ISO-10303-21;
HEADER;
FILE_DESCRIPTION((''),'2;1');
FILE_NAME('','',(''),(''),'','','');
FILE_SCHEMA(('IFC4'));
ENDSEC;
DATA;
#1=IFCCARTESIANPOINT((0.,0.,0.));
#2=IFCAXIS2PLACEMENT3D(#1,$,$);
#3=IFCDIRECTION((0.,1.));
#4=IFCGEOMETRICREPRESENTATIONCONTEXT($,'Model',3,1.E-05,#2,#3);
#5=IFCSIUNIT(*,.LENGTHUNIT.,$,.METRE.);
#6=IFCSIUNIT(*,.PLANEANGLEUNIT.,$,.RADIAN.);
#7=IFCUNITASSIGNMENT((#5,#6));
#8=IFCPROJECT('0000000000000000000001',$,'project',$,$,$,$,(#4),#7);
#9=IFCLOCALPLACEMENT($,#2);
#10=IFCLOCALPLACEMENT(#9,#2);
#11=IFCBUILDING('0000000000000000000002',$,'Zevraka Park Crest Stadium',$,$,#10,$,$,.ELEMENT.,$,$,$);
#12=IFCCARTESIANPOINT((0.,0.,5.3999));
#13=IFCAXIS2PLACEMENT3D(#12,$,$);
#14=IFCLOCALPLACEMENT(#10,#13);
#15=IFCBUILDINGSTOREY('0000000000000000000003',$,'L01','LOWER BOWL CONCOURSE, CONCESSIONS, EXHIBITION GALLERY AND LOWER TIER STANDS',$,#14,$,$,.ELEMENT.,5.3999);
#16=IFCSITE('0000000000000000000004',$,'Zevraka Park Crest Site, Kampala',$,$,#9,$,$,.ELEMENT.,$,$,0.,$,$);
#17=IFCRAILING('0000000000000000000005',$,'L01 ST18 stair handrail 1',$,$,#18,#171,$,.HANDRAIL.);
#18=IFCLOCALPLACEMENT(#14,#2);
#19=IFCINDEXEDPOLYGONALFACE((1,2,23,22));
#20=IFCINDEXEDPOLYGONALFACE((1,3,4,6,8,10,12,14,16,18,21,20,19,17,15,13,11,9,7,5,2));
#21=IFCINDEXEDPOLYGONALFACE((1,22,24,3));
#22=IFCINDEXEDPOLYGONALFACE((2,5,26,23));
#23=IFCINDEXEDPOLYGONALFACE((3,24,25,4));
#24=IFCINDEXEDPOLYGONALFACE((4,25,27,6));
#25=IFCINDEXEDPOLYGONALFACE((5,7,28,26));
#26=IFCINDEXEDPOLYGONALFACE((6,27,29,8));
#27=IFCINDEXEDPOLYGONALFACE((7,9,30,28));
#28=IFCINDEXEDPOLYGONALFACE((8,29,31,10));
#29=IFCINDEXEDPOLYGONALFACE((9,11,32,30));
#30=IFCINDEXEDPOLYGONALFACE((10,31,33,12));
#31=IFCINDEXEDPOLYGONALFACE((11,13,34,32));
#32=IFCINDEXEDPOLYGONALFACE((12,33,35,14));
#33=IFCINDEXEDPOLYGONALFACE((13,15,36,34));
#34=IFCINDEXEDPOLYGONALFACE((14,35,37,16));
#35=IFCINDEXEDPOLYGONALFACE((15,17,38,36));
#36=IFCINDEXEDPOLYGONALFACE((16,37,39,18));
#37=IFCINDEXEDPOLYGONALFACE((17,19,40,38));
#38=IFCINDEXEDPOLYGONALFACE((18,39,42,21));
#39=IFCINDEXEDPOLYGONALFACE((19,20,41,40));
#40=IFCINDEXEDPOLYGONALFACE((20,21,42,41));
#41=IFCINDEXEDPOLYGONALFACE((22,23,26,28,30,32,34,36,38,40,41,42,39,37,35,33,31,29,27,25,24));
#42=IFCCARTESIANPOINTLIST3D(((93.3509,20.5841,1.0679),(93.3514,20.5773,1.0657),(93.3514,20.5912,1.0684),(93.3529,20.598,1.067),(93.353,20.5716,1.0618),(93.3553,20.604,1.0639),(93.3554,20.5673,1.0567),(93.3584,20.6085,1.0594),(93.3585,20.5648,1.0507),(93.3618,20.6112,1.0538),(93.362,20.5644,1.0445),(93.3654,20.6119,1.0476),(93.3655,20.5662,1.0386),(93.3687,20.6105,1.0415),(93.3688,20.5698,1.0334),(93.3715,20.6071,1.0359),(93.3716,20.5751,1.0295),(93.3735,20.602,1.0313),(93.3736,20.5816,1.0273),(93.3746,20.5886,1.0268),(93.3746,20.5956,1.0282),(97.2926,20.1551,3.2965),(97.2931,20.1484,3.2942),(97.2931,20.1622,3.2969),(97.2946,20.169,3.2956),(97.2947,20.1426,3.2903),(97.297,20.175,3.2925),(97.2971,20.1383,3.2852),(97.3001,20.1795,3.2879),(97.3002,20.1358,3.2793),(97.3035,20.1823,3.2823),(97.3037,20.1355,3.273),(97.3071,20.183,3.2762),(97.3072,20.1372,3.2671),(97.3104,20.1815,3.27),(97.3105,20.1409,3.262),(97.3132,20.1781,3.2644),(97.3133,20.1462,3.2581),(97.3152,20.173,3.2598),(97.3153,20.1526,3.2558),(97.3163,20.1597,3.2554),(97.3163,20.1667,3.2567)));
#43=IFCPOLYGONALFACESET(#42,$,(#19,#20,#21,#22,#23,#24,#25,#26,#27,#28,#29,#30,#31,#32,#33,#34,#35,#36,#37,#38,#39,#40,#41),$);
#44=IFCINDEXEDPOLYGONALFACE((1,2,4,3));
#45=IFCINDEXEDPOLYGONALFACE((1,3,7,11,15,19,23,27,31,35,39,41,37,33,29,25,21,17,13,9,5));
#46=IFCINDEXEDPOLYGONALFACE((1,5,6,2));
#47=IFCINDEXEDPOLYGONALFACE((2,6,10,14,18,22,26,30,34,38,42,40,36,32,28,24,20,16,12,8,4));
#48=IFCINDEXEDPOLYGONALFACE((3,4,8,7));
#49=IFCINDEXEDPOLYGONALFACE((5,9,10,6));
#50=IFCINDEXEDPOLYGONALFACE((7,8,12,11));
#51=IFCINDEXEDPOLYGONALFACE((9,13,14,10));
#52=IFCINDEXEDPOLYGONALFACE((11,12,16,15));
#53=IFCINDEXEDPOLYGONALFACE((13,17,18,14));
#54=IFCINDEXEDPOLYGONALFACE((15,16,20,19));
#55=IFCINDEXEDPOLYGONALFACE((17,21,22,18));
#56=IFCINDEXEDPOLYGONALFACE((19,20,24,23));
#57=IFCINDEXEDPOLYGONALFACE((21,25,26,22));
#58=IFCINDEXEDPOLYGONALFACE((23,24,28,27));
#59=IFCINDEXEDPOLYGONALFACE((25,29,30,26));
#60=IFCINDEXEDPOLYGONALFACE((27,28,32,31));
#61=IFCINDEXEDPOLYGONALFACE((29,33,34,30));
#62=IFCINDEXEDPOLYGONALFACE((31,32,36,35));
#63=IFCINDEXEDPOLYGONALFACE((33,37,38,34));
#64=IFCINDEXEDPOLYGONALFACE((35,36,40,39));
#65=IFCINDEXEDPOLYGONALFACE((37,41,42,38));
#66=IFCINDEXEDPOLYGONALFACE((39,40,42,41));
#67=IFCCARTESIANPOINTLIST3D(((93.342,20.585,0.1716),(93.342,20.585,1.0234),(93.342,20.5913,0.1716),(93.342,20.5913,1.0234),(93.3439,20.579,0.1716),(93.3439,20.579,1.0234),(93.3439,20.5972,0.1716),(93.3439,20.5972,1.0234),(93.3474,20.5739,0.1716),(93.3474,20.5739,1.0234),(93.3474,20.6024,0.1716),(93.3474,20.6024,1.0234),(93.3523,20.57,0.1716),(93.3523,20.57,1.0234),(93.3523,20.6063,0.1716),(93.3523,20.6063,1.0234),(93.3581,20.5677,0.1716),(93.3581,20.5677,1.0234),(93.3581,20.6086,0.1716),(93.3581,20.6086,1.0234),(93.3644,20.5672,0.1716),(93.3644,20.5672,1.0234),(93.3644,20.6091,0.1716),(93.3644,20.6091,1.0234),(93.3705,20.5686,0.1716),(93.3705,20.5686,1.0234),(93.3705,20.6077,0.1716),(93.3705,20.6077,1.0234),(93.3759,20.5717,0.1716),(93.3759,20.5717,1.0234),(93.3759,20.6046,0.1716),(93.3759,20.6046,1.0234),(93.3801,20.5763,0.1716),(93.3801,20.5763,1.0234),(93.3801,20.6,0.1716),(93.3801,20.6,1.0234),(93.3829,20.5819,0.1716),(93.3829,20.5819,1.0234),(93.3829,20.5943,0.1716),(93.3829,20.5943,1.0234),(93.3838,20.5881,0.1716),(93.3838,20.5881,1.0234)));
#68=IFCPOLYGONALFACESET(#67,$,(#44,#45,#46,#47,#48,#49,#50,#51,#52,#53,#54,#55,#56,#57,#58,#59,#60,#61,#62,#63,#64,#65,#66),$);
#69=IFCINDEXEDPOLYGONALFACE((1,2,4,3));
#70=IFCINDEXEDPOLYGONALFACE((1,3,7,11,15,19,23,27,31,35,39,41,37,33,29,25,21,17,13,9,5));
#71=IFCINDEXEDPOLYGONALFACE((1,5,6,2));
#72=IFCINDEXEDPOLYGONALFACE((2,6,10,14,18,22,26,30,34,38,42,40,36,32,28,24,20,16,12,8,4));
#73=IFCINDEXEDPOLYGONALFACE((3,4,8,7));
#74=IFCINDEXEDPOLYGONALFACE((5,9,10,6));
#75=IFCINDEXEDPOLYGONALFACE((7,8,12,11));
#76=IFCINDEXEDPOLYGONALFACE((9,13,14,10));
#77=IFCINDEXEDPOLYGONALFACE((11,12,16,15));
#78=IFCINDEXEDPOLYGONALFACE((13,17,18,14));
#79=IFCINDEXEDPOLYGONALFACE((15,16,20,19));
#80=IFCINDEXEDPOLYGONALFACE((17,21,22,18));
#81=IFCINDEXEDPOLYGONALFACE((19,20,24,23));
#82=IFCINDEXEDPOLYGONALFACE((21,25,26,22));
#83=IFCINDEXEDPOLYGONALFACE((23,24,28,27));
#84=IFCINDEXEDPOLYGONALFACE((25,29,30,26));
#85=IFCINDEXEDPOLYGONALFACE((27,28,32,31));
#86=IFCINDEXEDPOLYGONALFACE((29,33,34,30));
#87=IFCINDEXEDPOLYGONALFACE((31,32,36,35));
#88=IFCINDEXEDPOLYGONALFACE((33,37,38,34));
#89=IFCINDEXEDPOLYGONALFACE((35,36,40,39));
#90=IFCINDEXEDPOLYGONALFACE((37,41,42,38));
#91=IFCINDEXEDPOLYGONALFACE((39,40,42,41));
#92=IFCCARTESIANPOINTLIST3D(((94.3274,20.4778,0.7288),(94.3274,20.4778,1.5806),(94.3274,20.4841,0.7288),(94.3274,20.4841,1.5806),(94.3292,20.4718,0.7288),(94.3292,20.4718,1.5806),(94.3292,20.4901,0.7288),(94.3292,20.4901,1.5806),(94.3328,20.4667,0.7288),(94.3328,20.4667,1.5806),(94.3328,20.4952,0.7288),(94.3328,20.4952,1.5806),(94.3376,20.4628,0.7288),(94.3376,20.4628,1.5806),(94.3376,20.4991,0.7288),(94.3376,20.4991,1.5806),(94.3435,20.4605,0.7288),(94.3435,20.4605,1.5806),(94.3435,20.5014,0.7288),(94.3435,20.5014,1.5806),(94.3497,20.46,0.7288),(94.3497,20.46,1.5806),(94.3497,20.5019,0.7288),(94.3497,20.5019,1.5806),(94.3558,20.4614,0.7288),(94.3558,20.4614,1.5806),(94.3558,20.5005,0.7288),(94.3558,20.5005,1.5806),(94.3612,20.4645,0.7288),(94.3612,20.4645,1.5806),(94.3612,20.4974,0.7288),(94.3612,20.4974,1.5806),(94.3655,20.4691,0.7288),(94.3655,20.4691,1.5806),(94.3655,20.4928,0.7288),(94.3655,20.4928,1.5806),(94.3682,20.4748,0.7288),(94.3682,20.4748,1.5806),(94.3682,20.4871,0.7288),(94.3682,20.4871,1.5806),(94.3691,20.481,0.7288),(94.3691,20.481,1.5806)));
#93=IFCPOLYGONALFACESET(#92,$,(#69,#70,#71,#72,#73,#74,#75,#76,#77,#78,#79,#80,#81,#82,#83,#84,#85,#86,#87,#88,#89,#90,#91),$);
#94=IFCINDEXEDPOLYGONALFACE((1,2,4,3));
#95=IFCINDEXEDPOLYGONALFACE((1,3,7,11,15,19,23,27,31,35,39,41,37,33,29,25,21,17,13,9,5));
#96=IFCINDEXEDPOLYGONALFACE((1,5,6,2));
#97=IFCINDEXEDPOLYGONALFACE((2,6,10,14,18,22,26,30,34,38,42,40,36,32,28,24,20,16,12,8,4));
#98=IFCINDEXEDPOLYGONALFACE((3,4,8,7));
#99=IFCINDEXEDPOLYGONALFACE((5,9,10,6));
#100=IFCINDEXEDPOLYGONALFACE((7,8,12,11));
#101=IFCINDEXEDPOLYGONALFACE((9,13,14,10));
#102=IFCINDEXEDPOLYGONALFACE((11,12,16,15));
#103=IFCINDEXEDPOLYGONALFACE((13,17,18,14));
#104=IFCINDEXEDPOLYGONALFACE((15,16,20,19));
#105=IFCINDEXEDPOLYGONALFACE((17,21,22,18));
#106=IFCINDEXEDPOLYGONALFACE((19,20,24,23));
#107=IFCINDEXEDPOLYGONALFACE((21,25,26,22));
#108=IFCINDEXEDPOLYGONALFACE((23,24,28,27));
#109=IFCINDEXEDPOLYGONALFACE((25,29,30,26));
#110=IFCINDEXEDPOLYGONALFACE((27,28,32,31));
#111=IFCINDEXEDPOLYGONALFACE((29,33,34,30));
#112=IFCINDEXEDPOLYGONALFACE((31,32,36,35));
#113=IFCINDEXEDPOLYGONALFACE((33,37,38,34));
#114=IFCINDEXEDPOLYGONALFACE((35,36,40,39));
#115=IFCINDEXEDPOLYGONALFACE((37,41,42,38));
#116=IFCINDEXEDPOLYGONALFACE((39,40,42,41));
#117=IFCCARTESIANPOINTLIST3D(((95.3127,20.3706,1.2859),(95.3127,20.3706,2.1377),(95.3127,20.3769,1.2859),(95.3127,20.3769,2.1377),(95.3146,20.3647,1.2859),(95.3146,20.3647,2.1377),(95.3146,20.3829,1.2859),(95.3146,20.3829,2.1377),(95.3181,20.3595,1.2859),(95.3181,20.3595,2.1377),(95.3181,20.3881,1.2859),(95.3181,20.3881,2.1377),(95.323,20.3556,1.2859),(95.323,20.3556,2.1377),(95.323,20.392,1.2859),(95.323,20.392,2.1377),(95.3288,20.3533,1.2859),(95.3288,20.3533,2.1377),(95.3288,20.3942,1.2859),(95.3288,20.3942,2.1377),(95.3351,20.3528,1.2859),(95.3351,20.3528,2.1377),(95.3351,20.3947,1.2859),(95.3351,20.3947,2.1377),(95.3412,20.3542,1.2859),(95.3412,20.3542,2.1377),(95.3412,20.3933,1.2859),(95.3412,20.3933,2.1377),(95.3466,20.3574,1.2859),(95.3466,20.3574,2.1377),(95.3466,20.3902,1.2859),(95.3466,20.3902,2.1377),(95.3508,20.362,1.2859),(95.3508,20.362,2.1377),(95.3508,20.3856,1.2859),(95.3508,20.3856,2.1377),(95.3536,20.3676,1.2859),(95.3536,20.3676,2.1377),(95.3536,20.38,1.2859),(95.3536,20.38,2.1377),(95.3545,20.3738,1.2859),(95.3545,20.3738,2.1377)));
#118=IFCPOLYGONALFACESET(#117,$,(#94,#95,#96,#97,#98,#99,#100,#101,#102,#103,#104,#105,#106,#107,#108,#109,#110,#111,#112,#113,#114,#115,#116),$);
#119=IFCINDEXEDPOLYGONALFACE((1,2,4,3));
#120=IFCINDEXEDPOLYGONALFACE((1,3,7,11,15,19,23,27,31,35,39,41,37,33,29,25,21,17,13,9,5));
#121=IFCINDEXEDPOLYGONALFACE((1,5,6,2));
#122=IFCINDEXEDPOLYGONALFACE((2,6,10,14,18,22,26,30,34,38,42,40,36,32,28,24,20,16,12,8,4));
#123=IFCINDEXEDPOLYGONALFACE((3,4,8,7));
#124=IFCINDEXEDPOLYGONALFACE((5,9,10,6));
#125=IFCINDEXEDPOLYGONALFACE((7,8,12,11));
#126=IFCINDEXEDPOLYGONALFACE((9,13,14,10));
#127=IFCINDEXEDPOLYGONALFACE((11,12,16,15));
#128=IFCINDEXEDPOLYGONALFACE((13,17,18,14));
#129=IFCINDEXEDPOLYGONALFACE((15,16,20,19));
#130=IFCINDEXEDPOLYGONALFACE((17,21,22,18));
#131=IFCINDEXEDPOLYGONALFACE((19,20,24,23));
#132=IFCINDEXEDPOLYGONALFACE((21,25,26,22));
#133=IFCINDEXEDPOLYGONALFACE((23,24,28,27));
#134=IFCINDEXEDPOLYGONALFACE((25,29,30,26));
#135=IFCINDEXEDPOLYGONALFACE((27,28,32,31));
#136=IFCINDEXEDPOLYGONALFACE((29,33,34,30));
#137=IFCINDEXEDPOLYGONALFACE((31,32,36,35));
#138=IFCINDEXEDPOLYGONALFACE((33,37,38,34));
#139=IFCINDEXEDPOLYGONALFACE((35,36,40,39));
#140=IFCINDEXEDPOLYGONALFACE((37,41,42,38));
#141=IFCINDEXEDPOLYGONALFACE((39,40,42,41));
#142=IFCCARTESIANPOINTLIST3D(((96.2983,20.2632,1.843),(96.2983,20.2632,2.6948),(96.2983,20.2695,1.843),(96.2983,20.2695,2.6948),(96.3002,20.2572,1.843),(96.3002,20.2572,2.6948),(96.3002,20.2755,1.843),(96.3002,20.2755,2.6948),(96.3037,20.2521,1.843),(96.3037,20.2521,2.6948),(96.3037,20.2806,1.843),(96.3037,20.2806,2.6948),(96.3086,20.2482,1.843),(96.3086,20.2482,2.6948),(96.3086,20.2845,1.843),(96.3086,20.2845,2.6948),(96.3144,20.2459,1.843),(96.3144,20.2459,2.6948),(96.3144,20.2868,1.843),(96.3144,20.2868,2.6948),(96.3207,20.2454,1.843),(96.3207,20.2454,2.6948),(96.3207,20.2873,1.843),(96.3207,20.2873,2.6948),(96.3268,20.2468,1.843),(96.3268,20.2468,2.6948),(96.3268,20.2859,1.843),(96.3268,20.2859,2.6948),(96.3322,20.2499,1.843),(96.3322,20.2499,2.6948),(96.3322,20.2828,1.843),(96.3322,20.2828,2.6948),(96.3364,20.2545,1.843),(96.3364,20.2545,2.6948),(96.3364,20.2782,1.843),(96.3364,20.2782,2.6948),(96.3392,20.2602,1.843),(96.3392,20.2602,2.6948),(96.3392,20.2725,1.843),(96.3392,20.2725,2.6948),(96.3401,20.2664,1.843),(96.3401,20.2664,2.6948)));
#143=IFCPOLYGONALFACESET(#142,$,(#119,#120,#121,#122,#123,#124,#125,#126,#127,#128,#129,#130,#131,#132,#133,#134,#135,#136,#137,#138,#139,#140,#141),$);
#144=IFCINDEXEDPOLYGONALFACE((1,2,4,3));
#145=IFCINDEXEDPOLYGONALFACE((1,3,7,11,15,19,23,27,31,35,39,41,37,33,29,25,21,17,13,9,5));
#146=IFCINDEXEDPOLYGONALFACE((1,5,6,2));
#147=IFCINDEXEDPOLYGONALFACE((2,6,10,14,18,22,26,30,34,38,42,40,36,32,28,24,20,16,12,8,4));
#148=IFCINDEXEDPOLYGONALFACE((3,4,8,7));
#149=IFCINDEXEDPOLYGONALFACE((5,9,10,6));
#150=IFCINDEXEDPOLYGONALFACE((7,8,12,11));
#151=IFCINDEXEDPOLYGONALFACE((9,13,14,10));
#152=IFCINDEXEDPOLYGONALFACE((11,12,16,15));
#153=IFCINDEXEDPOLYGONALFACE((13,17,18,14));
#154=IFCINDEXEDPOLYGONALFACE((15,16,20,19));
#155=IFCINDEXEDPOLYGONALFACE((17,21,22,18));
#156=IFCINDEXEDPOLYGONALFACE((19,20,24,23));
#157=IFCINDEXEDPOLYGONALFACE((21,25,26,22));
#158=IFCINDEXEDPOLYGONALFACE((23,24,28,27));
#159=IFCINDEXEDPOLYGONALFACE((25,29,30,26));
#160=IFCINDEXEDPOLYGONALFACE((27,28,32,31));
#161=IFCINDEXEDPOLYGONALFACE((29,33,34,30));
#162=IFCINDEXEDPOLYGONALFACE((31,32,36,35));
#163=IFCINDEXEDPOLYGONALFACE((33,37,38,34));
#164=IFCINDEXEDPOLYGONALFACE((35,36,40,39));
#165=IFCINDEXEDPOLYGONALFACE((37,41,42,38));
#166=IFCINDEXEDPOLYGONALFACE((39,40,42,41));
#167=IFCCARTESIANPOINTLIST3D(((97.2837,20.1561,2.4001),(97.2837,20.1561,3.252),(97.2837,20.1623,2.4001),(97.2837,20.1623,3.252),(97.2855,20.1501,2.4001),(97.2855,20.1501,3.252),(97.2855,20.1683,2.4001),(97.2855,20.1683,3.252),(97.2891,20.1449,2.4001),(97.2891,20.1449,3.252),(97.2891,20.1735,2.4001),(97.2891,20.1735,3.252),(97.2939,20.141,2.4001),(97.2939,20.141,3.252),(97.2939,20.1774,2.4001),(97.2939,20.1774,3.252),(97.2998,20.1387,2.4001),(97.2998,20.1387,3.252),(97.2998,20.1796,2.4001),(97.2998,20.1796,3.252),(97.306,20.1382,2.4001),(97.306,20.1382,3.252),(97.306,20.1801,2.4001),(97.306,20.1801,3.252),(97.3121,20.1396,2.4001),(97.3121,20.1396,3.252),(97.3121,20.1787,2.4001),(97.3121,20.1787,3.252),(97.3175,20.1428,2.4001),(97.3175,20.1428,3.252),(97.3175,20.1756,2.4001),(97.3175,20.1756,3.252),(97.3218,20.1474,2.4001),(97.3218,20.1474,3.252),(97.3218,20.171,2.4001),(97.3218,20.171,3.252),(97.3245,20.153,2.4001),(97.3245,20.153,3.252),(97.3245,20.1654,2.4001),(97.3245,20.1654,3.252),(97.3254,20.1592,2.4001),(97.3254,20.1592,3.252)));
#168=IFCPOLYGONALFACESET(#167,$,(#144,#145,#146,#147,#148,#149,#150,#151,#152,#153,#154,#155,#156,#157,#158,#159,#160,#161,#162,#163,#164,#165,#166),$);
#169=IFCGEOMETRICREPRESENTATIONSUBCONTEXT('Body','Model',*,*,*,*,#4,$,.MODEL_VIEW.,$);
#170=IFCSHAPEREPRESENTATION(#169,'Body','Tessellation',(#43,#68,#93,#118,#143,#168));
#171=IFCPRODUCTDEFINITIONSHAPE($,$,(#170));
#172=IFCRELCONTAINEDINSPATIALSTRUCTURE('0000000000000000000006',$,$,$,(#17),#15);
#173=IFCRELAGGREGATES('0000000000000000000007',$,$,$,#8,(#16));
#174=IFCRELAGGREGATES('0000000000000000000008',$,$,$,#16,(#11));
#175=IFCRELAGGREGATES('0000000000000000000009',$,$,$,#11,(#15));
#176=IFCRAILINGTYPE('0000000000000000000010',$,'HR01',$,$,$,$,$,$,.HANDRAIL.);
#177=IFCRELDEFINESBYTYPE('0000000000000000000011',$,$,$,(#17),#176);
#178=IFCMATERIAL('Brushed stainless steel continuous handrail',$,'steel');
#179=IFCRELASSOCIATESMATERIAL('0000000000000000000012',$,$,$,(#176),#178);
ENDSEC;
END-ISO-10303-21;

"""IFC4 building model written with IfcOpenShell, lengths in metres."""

from ifc_helpers import new_model, si_unit, direction, frame, origin, origin_2d, place, context, subcontext, project, spatial, circle, extrude, material, type_object, element, save


model = new_model("IFC4")

# Units and contexts
model_context = context("Model", 3, precision=1e-05, world=origin(), true_north=direction((0.0, 1.0)))
body_context = subcontext(model_context, "Body", "Model", "MODEL_VIEW")
ifc_project = project(units=[si_unit("LENGTHUNIT", "METRE"), si_unit("PLANEANGLEUNIT", "RADIAN")], contexts=[model_context])

# Site, building, storey
site_placement = place(None, origin())
site = spatial("IfcSite", under=ifc_project, at=site_placement, Name="Zevraka Park Crest Site, Kampala", CompositionType="ELEMENT", RefElevation=0.0)
building_placement = place(site_placement, origin())
building = spatial("IfcBuilding", under=site, at=building_placement, Name="Zevraka Park Crest Stadium", CompositionType="ELEMENT")
storey_placement = place(building_placement, frame((0.0, 0.0, 5.3999)))
storey = spatial("IfcBuildingStorey", under=building, at=storey_placement, Name="L01", Description="LOWER BOWL CONCOURSE, CONCESSIONS, EXHIBITION GALLERY AND LOWER TIER STANDS", CompositionType="ELEMENT", Elevation=5.3999)

# Railing
ifc_material_1 = material(Name="Brushed stainless steel continuous handrail", Category="steel")
railing_type_1 = type_object("IfcRailingType", Name="HR01", PredefinedType="HANDRAIL", material=ifc_material_1)
railing_1_placement = place(storey_placement, frame((93.3628, 20.5881, 0.1716)))
element("IfcRailing", 1, at=railing_1_placement, inside=storey, type_object=railing_type_1, Name="L01 ST18 stair handrail 1", PredefinedType="HANDRAIL", context=body_context, shape_type="SweptSolid", body=[
    extrude(circle(Radius=0.0239, at=origin_2d()), frame((0.0, 0.0, 0.876), z_axis=(0.866624, -0.094311, 0.489968), x_axis=(0.108188, 0.994131, 0.0)), (0.0, 0.0, 1.0), 4.5483),
    extrude(circle(Radius=0.021, at=origin_2d()), origin(), (0.0, 0.0, 1.0), 0.8518),
    extrude(circle(Radius=0.021, at=origin_2d()), frame((0.9854, -0.1072, 0.5571)), (0.0, 0.0, 1.0), 0.8518),
    extrude(circle(Radius=0.021, at=origin_2d()), frame((1.9707, -0.2144, 1.1143)), (0.0, 0.0, 1.0), 0.8518),
    extrude(circle(Radius=0.021, at=origin_2d()), frame((2.9563, -0.3218, 1.6714)), (0.0, 0.0, 1.0), 0.8518),
    extrude(circle(Radius=0.021, at=origin_2d()), frame((3.9417, -0.429, 2.2285)), (0.0, 0.0, 1.0), 0.8518),
])

save(model, "model.ifc")
